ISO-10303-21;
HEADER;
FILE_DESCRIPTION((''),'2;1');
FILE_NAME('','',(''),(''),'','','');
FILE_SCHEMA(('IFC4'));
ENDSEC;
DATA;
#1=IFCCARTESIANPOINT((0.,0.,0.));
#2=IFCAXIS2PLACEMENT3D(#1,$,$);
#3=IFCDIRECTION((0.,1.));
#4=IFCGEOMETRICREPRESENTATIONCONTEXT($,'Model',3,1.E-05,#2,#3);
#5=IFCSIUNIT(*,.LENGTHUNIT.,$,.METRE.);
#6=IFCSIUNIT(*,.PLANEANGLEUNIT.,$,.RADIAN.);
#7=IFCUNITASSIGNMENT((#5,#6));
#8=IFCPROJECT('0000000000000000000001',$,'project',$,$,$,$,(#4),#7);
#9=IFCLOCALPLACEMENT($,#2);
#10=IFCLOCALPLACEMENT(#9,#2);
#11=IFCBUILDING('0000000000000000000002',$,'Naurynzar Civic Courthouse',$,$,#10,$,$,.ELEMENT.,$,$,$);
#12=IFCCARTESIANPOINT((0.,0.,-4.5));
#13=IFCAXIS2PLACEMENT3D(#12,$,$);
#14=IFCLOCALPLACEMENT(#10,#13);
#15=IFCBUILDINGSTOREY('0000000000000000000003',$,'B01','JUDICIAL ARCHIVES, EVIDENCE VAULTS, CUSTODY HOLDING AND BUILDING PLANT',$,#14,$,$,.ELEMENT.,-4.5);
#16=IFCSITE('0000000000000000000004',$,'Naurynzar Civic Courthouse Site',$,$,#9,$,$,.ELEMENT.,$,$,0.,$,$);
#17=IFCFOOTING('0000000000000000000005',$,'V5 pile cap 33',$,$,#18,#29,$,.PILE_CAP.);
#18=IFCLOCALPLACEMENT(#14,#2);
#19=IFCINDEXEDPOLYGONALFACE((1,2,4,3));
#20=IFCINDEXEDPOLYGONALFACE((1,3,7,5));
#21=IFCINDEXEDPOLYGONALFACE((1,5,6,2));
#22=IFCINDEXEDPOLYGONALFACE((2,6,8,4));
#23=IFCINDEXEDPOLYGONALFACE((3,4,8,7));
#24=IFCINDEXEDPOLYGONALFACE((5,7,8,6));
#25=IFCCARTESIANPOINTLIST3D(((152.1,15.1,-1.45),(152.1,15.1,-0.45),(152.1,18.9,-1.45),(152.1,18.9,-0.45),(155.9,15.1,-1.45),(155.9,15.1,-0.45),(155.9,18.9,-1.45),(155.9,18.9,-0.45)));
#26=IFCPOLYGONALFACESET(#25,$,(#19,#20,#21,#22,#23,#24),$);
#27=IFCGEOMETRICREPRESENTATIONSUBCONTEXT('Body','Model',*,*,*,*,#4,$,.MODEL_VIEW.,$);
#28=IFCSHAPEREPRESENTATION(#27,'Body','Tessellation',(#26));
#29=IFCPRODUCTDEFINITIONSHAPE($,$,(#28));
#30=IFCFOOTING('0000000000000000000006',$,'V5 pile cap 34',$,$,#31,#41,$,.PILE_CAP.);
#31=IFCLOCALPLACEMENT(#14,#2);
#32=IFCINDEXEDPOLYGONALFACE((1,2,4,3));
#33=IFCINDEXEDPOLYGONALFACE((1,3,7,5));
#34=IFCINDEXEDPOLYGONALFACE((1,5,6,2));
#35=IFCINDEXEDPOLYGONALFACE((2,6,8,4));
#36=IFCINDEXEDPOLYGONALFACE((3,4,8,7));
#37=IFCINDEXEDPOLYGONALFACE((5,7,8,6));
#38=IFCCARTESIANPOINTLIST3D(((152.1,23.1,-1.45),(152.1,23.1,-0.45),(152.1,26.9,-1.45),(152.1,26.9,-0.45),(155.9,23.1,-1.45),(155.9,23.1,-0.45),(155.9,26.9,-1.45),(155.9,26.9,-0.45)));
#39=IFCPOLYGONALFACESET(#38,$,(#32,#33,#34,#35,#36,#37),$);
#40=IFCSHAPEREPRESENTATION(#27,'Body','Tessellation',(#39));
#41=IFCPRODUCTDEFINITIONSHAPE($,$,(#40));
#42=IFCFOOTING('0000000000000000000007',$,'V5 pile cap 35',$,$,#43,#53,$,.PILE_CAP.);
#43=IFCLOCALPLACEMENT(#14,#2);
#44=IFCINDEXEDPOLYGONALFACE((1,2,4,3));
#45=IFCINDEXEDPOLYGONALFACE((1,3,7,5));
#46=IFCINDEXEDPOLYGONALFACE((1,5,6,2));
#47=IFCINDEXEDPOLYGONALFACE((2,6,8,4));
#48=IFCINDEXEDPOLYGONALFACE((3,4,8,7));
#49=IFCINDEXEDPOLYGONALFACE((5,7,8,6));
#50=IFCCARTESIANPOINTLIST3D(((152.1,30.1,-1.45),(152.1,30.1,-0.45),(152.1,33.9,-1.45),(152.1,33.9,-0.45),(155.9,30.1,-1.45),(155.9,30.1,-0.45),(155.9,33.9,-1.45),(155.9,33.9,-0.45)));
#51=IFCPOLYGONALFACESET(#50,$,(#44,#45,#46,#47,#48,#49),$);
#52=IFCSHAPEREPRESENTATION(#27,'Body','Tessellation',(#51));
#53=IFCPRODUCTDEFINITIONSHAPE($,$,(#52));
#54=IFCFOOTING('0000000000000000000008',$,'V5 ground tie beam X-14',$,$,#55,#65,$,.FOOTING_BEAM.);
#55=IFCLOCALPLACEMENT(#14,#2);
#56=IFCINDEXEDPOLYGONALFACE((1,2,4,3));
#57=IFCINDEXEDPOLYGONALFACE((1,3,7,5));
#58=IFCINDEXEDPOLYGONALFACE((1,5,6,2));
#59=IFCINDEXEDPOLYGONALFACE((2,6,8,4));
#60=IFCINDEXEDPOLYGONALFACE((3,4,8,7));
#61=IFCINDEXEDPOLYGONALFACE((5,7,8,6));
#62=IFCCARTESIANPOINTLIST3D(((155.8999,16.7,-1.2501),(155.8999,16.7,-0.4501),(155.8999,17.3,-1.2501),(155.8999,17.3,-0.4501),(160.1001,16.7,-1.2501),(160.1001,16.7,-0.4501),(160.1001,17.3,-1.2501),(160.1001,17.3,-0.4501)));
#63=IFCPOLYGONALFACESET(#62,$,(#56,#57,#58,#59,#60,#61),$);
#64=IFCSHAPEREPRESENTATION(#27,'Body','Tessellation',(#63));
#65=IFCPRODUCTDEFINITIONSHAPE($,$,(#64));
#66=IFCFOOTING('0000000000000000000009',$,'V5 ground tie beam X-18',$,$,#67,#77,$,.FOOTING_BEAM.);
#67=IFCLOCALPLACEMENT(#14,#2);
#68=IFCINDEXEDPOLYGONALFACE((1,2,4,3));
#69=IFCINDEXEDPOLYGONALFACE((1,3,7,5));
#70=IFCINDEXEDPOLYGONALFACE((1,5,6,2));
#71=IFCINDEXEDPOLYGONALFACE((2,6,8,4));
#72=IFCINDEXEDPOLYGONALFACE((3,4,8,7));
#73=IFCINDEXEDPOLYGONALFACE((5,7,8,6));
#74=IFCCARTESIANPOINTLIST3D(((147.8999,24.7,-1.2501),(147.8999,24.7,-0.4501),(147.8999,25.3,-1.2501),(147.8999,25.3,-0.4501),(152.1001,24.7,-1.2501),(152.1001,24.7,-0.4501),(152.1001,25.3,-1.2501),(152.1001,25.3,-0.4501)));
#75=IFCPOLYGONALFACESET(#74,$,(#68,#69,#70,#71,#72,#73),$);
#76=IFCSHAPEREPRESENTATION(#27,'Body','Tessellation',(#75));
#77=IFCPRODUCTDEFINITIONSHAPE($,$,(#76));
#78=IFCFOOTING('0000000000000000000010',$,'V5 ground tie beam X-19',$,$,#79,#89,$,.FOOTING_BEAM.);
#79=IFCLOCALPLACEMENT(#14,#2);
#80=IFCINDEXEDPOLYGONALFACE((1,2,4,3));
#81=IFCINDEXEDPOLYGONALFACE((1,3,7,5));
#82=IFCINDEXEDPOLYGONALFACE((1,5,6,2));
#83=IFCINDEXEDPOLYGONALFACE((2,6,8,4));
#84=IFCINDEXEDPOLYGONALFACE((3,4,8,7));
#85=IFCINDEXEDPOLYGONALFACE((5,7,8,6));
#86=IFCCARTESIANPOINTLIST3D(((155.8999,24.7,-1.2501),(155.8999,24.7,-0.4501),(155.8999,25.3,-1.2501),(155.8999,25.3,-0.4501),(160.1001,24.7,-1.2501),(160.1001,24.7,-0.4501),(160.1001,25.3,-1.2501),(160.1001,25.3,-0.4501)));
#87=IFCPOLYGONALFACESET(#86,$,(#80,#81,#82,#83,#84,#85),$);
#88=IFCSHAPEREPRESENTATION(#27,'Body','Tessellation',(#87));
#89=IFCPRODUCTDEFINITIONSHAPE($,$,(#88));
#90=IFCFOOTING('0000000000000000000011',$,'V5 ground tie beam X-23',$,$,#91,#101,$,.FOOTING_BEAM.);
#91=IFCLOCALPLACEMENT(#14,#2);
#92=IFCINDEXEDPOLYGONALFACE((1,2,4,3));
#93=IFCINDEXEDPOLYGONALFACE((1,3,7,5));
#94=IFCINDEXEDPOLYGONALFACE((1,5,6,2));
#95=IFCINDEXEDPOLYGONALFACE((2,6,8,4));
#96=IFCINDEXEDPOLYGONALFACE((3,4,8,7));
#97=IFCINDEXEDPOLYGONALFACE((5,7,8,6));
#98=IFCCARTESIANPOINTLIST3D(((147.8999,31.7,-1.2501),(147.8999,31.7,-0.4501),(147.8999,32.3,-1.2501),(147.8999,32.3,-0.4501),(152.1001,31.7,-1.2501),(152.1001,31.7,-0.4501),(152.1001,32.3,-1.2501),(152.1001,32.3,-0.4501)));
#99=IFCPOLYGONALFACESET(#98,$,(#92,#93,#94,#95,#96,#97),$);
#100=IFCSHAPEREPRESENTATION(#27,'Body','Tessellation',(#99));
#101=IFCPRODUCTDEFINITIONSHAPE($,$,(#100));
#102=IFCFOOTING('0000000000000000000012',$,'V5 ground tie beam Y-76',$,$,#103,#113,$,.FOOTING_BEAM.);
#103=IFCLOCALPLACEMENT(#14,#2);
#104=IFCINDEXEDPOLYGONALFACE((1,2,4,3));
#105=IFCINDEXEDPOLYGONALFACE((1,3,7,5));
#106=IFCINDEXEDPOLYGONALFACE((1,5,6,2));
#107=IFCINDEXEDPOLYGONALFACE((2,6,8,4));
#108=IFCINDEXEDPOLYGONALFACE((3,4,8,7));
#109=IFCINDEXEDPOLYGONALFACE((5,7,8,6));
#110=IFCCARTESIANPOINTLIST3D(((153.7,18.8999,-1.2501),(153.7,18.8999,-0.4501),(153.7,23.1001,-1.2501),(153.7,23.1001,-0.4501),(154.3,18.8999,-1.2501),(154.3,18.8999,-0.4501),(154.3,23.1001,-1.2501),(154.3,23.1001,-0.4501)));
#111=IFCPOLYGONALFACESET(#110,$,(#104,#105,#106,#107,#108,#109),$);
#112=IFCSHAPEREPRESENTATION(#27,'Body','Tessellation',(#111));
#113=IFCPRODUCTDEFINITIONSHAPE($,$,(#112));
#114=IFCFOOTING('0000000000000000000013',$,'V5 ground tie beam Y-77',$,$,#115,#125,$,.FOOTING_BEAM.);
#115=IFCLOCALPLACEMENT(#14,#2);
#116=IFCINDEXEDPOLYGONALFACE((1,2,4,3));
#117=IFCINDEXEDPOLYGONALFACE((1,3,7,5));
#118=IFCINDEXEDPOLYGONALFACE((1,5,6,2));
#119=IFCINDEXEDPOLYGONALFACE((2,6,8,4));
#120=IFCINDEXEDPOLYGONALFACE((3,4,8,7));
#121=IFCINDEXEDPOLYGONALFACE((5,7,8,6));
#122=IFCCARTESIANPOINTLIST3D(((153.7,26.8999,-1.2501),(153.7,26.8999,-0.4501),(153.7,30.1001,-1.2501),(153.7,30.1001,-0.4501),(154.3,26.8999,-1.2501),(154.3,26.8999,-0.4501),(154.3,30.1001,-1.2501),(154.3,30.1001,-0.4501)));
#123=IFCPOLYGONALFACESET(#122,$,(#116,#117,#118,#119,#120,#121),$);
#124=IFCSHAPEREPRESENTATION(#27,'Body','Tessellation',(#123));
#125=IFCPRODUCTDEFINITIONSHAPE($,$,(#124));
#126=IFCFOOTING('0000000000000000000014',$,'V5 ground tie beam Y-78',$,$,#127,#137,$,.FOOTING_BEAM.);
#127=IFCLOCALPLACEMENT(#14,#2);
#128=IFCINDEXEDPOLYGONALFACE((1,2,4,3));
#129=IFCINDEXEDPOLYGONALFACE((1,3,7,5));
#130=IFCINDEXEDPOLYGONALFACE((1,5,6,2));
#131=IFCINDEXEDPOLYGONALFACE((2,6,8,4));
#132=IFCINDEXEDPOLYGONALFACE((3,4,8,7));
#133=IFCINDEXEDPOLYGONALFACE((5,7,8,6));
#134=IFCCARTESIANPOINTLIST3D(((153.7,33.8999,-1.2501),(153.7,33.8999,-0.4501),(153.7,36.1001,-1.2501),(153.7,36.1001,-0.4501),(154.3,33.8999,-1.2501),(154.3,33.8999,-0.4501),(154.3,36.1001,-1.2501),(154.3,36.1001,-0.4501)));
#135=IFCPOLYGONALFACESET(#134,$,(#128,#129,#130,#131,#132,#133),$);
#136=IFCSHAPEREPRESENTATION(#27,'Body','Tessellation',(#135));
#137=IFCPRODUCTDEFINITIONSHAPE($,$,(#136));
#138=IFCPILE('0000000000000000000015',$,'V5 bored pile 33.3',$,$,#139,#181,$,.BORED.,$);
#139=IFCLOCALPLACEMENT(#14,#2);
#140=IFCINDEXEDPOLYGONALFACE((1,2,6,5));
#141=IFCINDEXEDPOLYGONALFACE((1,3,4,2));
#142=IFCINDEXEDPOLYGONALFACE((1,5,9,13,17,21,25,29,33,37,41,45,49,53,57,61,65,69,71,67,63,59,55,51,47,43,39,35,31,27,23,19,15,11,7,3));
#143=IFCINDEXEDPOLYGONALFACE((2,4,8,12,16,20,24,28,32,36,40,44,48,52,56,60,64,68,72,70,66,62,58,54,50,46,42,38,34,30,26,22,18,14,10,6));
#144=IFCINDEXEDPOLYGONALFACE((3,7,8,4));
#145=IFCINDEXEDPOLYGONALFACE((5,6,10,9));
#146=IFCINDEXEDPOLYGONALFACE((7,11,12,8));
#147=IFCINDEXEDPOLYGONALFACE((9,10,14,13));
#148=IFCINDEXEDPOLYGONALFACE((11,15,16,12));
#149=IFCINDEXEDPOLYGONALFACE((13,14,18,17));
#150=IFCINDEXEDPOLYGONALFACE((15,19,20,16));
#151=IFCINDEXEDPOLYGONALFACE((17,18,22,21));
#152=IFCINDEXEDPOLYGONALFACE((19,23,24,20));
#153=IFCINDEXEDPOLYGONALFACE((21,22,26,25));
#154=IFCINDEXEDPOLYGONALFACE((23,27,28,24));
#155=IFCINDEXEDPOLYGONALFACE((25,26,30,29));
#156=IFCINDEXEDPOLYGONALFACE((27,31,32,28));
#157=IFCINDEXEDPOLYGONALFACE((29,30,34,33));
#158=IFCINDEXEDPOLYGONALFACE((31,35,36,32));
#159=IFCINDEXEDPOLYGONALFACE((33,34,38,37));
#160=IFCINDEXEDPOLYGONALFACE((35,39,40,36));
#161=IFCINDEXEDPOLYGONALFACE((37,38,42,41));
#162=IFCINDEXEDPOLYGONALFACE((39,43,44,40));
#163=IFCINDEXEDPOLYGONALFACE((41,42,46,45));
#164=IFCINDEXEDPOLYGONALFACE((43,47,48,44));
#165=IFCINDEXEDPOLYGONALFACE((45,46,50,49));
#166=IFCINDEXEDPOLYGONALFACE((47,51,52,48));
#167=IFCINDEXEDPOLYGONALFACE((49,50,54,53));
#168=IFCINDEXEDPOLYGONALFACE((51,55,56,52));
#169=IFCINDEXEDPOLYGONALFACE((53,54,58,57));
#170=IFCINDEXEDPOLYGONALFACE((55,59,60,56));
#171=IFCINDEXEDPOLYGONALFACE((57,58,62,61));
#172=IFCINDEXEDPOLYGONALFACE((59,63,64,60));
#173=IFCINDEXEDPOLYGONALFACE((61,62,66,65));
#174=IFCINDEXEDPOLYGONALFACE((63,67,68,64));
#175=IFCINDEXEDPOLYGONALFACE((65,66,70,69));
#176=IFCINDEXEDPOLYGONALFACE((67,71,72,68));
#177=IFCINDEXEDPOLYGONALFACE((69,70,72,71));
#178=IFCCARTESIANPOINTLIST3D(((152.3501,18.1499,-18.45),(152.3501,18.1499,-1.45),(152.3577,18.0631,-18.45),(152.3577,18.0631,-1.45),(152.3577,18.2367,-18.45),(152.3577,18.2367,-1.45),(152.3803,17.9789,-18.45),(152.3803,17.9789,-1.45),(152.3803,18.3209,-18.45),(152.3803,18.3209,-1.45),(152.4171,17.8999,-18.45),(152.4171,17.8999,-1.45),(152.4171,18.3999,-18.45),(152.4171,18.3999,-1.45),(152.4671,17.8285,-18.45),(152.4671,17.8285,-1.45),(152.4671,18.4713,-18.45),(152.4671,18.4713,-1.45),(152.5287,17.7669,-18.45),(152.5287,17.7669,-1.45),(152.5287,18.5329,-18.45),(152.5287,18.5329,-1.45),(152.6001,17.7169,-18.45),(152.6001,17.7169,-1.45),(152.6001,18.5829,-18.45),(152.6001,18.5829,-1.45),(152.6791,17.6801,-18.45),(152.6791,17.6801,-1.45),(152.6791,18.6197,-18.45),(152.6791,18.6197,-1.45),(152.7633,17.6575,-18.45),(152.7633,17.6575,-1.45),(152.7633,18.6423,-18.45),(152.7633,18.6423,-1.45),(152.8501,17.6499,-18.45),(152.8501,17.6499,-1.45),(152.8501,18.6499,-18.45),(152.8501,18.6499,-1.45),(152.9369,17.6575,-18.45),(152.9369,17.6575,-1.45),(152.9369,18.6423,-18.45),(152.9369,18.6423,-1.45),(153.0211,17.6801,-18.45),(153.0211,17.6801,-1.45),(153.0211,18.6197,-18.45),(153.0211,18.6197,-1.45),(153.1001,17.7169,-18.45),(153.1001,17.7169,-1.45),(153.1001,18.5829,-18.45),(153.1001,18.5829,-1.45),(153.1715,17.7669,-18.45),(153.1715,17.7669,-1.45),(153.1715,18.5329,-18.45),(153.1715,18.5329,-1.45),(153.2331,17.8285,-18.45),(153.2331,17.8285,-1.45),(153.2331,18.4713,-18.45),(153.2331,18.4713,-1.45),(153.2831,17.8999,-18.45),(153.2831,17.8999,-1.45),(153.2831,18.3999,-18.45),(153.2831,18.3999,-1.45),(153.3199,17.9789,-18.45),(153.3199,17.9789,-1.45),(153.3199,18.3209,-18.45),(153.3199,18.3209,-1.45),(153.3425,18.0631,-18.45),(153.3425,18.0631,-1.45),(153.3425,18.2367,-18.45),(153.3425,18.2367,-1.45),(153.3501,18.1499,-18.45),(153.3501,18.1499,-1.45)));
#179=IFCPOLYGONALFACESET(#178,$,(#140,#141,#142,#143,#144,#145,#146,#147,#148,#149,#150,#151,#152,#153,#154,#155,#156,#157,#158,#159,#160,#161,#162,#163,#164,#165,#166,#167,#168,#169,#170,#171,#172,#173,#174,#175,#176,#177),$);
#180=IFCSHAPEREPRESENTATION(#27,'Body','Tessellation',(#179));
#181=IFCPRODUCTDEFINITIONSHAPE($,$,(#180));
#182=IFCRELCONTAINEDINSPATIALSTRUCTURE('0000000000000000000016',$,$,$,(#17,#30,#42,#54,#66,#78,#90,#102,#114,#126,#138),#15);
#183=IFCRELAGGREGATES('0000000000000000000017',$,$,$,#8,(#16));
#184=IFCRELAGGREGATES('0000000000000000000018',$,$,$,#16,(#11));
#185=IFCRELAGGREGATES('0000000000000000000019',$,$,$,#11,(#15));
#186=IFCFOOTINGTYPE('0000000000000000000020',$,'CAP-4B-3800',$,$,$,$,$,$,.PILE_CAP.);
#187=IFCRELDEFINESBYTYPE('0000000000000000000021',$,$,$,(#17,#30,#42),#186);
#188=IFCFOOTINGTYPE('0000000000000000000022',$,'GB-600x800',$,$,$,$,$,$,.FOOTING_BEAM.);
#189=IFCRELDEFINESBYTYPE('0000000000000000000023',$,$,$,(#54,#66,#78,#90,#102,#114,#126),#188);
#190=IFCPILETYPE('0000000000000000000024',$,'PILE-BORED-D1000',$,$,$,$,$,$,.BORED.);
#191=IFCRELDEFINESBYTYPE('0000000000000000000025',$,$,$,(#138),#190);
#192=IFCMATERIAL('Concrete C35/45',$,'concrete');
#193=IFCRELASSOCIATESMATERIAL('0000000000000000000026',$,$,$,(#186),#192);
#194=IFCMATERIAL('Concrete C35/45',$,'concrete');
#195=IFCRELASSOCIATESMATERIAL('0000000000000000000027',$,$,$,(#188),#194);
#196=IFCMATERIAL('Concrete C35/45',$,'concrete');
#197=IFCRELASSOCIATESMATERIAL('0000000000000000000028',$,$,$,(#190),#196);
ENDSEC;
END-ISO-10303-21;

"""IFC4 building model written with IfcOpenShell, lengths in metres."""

from ifc_helpers import new_model, si_unit, direction, frame, origin, origin_2d, place, context, subcontext, project, spatial, rectangle, circle, extrude, material, material_profile, profile_set, type_object, element, save


model = new_model("IFC4")

# Units and contexts
model_context = context("Model", 3, precision=1e-05, world=origin(), true_north=direction((0.0, 1.0)))
body_context = subcontext(model_context, "Body", "Model", "MODEL_VIEW")
ifc_project = project(units=[si_unit("LENGTHUNIT", "METRE"), si_unit("PLANEANGLEUNIT", "RADIAN")], contexts=[model_context])

# Site, building, storey
site_placement = place(None, origin())
site = spatial("IfcSite", under=ifc_project, at=site_placement, Name="Naurynzar Civic Courthouse Site", CompositionType="ELEMENT", RefElevation=0.0)
building_placement = place(site_placement, origin())
building = spatial("IfcBuilding", under=site, at=building_placement, Name="Naurynzar Civic Courthouse", CompositionType="ELEMENT")
storey_placement = place(building_placement, frame((0.0, 0.0, -4.5)))
storey = spatial("IfcBuildingStorey", under=building, at=storey_placement, Name="B01", Description="JUDICIAL ARCHIVES, EVIDENCE VAULTS, CUSTODY HOLDING AND BUILDING PLANT", CompositionType="ELEMENT", Elevation=-4.5)

# Footings
ifc_material_1 = material(Name="Concrete C35/45", Category="concrete")
footing_type_1 = type_object("IfcFootingType", Name="CAP-4B-3800", PredefinedType="PILE_CAP", material=ifc_material_1)
for number, where, z_axis, x_axis, name in (
    (1, (154.0, 17.0, -1.45), (0.0, 0.0, 1.0), (1.0, 0.0, 0.0), "V5 pile cap 33"),
    (2, (154.0, 25.0, -1.45), (0.0, 0.0, 1.0), (1.0, 0.0, 0.0), "V5 pile cap 34"),
    (3, (154.0, 32.0, -1.45), (0.0, 0.0, 1.0), (1.0, 0.0, 0.0), "V5 pile cap 35"),
):
    element("IfcFooting", number, at=place(storey_placement, frame(where, z_axis=z_axis, x_axis=x_axis)), inside=storey, type_object=footing_type_1, Name=name, PredefinedType="PILE_CAP", context=body_context, shape_type="SweptSolid", body=[
        extrude(rectangle(XDim=3.8, YDim=3.8, at=origin_2d()), origin(), (0.0, 0.0, 1.0), 1.0),
    ])
ifc_material_2 = material(Name="Concrete C35/45", Category="concrete")
ifc_material_profile_1 = material_profile(ifc_material_2, rectangle(XDim=0.6001, YDim=0.8, at=origin_2d()), Name="GB 600x800")
ifc_profile_set_1 = profile_set([ifc_material_profile_1], Name="Concrete C35/45")
footing_type_2 = type_object("IfcFootingType", Name="GB-600x800", PredefinedType="FOOTING_BEAM", material=ifc_profile_set_1)
for number, where, z_axis, x_axis, name in (
    (4, (155.8999, 17.0, -0.8501), (1.0, 0.0, 0.0), (0.0, 1.0, 0.0), "V5 ground tie beam X-14"),
    (5, (147.8999, 25.0, -0.8501), (1.0, 0.0, 0.0), (0.0, 1.0, 0.0), "V5 ground tie beam X-18"),
    (6, (155.8999, 25.0, -0.8501), (1.0, 0.0, 0.0), (0.0, 1.0, 0.0), "V5 ground tie beam X-19"),
    (7, (147.8999, 32.0, -0.8501), (1.0, 0.0, 0.0), (0.0, 1.0, 0.0), "V5 ground tie beam X-23"),
    (8, (154.0, 18.8999, -0.8501), (0.0, 1.0, 0.0), (-1.0, 0.0, 0.0), "V5 ground tie beam Y-76"),
):
    element("IfcFooting", number, at=place(storey_placement, frame(where, z_axis=z_axis, x_axis=x_axis)), inside=storey, type_object=footing_type_2, Name=name, PredefinedType="FOOTING_BEAM", context=body_context, shape_type="SweptSolid", body=[
        extrude(rectangle(XDim=0.6001, YDim=0.8, at=origin_2d()), origin(), (0.0, 0.0, 1.0), 4.2002),
    ])
footing_1_placement = place(storey_placement, frame((154.0, 26.8999, -0.8501), z_axis=(0.0, 1.0, 0.0), x_axis=(-1.0, 0.0, 0.0)))
element("IfcFooting", 9, at=footing_1_placement, inside=storey, type_object=footing_type_2, Name="V5 ground tie beam Y-77", PredefinedType="FOOTING_BEAM", context=body_context, shape_type="SweptSolid", body=[
    extrude(rectangle(XDim=0.6001, YDim=0.8, at=origin_2d()), origin(), (0.0, 0.0, 1.0), 3.2002),
])
footing_2_placement = place(storey_placement, frame((154.0, 33.8999, -0.8501), z_axis=(0.0, 1.0, 0.0), x_axis=(-1.0, 0.0, 0.0)))
element("IfcFooting", 10, at=footing_2_placement, inside=storey, type_object=footing_type_2, Name="V5 ground tie beam Y-78", PredefinedType="FOOTING_BEAM", context=body_context, shape_type="SweptSolid", body=[
    extrude(rectangle(XDim=0.6001, YDim=0.8, at=origin_2d()), origin(), (0.0, 0.0, 1.0), 2.2002),
])

# Pile
ifc_material_3 = material(Name="Concrete C35/45", Category="concrete")
ifc_material_profile_2 = material_profile(ifc_material_3, circle(Radius=0.5, at=origin_2d()), Name="PILE D1000")
ifc_profile_set_2 = profile_set([ifc_material_profile_2], Name="Concrete C35/45")
pile_type = type_object("IfcPileType", Name="PILE-BORED-D1000", PredefinedType="BORED", material=ifc_profile_set_2)
for number, where, z_axis, x_axis, name in (
    (11, (152.8501, 18.1499, -1.45), (0.0, 0.0, -1.0), (1.0, 0.0, 0.0), "V5 bored pile 33.3"),
):
    element("IfcPile", number, at=place(storey_placement, frame(where, z_axis=z_axis, x_axis=x_axis)), inside=storey, type_object=pile_type, Name=name, PredefinedType="BORED", context=body_context, shape_type="SweptSolid", body=[
        extrude(circle(Radius=0.5, at=origin_2d()), origin(), (0.0, 0.0, 1.0), 17.0),
    ])

save(model, "model.ifc")
